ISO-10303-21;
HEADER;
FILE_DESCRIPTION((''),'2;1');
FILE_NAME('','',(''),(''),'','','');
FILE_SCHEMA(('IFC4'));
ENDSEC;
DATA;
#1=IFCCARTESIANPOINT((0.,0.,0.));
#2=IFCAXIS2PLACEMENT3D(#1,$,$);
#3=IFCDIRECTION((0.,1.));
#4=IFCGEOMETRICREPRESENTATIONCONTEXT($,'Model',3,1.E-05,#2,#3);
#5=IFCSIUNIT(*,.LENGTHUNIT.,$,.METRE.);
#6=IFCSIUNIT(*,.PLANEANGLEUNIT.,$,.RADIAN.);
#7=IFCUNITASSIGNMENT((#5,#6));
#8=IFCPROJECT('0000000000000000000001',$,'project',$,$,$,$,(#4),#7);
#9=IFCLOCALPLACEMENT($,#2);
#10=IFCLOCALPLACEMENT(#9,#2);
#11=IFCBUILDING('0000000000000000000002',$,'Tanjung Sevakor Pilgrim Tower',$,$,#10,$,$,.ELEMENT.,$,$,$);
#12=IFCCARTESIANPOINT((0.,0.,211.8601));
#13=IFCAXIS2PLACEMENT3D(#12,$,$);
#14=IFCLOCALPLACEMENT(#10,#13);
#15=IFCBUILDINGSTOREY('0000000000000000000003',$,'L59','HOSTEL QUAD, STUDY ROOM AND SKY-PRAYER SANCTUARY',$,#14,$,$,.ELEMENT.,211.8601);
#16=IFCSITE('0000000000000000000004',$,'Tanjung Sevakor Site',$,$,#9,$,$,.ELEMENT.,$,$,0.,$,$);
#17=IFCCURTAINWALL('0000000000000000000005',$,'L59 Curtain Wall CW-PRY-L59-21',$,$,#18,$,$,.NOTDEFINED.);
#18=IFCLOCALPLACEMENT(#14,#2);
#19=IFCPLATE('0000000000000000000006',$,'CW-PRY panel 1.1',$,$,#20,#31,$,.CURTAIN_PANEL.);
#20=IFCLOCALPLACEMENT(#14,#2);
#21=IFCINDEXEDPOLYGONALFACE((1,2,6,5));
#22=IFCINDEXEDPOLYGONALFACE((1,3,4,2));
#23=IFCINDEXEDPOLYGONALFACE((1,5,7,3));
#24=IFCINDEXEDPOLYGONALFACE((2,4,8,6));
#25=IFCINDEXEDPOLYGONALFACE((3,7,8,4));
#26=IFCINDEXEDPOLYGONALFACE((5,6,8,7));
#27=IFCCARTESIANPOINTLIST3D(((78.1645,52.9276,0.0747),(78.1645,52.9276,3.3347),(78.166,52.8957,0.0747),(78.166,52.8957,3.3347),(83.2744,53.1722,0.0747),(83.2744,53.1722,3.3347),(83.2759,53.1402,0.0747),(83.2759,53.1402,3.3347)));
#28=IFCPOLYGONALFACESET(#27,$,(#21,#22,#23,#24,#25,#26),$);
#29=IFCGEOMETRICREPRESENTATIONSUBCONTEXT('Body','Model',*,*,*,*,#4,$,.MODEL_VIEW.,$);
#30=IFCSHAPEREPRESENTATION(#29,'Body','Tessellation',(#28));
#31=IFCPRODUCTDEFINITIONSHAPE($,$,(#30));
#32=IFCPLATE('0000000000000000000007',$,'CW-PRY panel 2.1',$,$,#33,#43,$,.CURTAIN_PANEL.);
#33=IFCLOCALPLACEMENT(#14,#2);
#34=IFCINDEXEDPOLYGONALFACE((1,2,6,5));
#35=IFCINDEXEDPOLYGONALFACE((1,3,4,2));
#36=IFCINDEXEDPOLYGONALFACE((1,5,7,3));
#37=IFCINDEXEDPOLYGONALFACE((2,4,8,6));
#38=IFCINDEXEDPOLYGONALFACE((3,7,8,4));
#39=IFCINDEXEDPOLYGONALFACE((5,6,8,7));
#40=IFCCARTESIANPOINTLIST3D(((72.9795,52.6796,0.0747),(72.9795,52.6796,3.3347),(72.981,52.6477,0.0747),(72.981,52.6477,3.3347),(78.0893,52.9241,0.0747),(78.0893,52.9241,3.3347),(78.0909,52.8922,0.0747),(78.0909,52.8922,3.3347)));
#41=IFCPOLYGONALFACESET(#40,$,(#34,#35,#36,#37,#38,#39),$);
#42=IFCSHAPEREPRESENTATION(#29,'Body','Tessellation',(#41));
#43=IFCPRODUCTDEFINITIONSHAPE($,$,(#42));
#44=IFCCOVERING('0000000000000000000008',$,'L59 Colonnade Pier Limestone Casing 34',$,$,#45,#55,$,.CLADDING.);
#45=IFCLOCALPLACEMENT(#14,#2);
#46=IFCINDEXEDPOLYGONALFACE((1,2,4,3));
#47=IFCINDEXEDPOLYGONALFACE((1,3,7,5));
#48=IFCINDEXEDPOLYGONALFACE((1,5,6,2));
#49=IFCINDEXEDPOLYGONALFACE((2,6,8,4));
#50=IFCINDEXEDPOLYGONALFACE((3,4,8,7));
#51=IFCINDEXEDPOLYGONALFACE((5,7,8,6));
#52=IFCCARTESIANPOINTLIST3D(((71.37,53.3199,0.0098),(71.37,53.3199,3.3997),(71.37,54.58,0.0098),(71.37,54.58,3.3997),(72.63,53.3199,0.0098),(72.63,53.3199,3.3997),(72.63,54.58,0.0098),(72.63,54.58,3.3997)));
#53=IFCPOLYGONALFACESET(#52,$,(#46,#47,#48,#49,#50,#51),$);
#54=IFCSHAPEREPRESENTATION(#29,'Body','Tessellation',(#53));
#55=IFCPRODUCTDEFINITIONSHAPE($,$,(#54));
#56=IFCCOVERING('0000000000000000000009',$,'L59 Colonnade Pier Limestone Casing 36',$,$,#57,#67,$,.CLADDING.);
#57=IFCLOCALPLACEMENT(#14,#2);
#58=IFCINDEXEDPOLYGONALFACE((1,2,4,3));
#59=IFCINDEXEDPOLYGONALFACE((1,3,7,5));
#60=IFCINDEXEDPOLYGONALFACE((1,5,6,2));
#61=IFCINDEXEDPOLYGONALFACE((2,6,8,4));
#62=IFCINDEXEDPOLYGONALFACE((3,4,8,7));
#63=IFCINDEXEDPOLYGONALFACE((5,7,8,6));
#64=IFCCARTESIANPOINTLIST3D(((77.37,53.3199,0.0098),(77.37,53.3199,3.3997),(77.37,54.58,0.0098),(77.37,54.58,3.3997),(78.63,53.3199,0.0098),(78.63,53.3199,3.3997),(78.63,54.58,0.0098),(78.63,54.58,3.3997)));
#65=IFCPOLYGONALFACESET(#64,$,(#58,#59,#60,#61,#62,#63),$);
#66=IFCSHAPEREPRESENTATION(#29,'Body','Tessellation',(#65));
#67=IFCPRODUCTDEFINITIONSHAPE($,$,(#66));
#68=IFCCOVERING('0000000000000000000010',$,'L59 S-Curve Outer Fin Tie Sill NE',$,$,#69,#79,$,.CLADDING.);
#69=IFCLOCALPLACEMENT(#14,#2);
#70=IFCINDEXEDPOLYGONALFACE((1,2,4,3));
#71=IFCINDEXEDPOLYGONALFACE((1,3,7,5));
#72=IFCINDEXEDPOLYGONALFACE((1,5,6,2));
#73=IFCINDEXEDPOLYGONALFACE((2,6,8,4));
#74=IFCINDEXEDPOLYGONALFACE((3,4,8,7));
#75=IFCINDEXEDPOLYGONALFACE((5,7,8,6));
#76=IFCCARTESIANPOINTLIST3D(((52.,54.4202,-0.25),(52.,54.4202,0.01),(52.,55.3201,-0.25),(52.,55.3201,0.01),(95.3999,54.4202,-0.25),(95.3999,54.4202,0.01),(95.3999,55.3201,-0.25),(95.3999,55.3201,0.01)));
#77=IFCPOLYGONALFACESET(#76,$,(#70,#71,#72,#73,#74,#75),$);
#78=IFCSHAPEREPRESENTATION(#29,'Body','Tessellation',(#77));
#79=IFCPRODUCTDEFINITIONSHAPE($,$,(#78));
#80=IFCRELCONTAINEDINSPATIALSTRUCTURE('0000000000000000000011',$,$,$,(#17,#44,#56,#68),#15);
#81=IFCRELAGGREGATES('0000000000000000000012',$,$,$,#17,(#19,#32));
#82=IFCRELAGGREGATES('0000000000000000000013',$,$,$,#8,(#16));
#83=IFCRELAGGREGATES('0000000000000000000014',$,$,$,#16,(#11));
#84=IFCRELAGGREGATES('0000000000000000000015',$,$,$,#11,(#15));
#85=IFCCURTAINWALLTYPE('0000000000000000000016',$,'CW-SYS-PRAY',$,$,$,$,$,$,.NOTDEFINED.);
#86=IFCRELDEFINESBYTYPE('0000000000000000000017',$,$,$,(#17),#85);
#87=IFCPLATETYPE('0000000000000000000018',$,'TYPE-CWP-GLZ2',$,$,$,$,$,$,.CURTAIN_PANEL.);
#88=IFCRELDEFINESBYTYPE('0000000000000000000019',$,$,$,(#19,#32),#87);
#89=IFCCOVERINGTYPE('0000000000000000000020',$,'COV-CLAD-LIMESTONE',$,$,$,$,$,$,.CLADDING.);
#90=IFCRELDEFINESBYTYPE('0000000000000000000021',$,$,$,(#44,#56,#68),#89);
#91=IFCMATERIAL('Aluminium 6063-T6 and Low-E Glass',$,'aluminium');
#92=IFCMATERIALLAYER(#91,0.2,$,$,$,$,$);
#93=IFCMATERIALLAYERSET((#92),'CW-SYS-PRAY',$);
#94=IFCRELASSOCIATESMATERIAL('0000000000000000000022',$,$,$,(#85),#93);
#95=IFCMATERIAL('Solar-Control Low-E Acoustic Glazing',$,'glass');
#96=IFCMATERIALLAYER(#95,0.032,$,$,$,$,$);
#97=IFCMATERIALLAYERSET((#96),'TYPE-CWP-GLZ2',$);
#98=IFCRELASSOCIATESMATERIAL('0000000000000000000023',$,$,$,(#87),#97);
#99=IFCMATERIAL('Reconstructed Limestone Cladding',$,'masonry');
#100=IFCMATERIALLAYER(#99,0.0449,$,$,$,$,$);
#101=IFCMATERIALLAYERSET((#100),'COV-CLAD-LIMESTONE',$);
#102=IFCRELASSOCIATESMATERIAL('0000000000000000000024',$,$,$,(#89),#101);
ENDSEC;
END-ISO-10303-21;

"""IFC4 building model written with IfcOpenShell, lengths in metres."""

from ifc_helpers import new_model, si_unit, direction, frame, origin, origin_2d, place, context, subcontext, project, spatial, rectangle, extrude, material, layer, layer_set, type_object, element, aggregate, save


model = new_model("IFC4")

# Units and contexts
model_context = context("Model", 3, precision=1e-05, world=origin(), true_north=direction((0.0, 1.0)))
body_context = subcontext(model_context, "Body", "Model", "MODEL_VIEW")
ifc_project = project(units=[si_unit("LENGTHUNIT", "METRE"), si_unit("PLANEANGLEUNIT", "RADIAN")], contexts=[model_context])

# Site, building, storey
site_placement = place(None, origin())
site = spatial("IfcSite", under=ifc_project, at=site_placement, Name="Tanjung Sevakor Site", CompositionType="ELEMENT", RefElevation=0.0)
building_placement = place(site_placement, origin())
building = spatial("IfcBuilding", under=site, at=building_placement, Name="Tanjung Sevakor Pilgrim Tower", CompositionType="ELEMENT")
storey_placement = place(building_placement, frame((0.0, 0.0, 211.8601)))
storey = spatial("IfcBuildingStorey", under=building, at=storey_placement, Name="L59", Description="HOSTEL QUAD, STUDY ROOM AND SKY-PRAYER SANCTUARY", CompositionType="ELEMENT", Elevation=211.8601)

# Curtain wall
ifc_material_1 = material(Name="Aluminium 6063-T6 and Low-E Glass", Category="aluminium")
ifc_layer_1 = layer(ifc_material_1, 0.2)
ifc_layer_set_1 = layer_set([ifc_layer_1], Name="CW-SYS-PRAY")
curtain_wall_type = type_object("IfcCurtainWallType", Name="CW-SYS-PRAY", PredefinedType="NOTDEFINED", material=ifc_layer_set_1)
curtain_wall_1_placement = place(storey_placement, origin())
curtain_wall_1 = element("IfcCurtainWall", 1, at=curtain_wall_1_placement, inside=storey, type_object=curtain_wall_type, Name="L59 Curtain Wall CW-PRY-L59-21", PredefinedType="NOTDEFINED")

# Plates
ifc_material_2 = material(Name="Solar-Control Low-E Acoustic Glazing", Category="glass")
ifc_layer_2 = layer(ifc_material_2, 0.032)
ifc_layer_set_2 = layer_set([ifc_layer_2], Name="TYPE-CWP-GLZ2")
plate_type = type_object("IfcPlateType", Name="TYPE-CWP-GLZ2", PredefinedType="CURTAIN_PANEL", material=ifc_layer_set_2)
plate_1_placement = place(storey_placement, frame((80.7202, 53.0339, 0.0747), z_axis=(0.0, 0.0, 1.0), x_axis=(-0.998857, -0.047797, 0.0)))
plate_1 = element("IfcPlate", 2, at=plate_1_placement, type_object=plate_type, Name="CW-PRY panel 1.1", PredefinedType="CURTAIN_PANEL", context=body_context, shape_type="SweptSolid", body=[
    extrude(rectangle(XDim=5.1157, YDim=0.032, at=origin_2d()), origin(), (0.0, 0.0, 1.0), 3.26),
])
plate_2_placement = place(storey_placement, frame((75.5352, 52.7859, 0.0747), z_axis=(0.0, 0.0, 1.0), x_axis=(-0.998857, -0.047797, 0.0)))
plate_2 = element("IfcPlate", 3, at=plate_2_placement, type_object=plate_type, Name="CW-PRY panel 2.1", PredefinedType="CURTAIN_PANEL", context=body_context, shape_type="SweptSolid", body=[
    extrude(rectangle(XDim=5.1157, YDim=0.032, at=origin_2d()), origin(), (0.0, 0.0, 1.0), 3.26),
])
aggregate(curtain_wall_1, [plate_1, plate_2])

# Coverings
ifc_material_3 = material(Name="Reconstructed Limestone Cladding", Category="masonry")
ifc_layer_3 = layer(ifc_material_3, 0.0449)
ifc_layer_set_3 = layer_set([ifc_layer_3], Name="COV-CLAD-LIMESTONE")
covering_type = type_object("IfcCoveringType", Name="COV-CLAD-LIMESTONE", PredefinedType="CLADDING", material=ifc_layer_set_3)
for number, where, z_axis, x_axis, name in (
    (4, (72.0, 53.95, 0.0098), (0.0, 0.0, 1.0), (1.0, 0.0, 0.0), "L59 Colonnade Pier Limestone Casing 34"),
    (5, (78.0, 53.95, 0.0098), (0.0, 0.0, 1.0), (1.0, 0.0, 0.0), "L59 Colonnade Pier Limestone Casing 36"),
):
    element("IfcCovering", number, at=place(storey_placement, frame(where, z_axis=z_axis, x_axis=x_axis)), inside=storey, type_object=covering_type, Name=name, PredefinedType="CLADDING", context=body_context, shape_type="SweptSolid", body=[
        extrude(rectangle(XDim=1.26, YDim=1.26, at=origin_2d()), origin(), (0.0, 0.0, 1.0), 3.3899),
    ])
covering_placement = place(storey_placement, frame((73.7, 54.8701, -0.25), z_axis=(0.0, 0.0, 1.0), x_axis=(1.0, 0.0, 0.0)))
element("IfcCovering", 6, at=covering_placement, inside=storey, type_object=covering_type, Name="L59 S-Curve Outer Fin Tie Sill NE", PredefinedType="CLADDING", context=body_context, shape_type="SweptSolid", body=[
    extrude(rectangle(XDim=43.3999, YDim=0.8999, at=origin_2d()), origin(), (0.0, 0.0, 1.0), 0.26),
])

save(model, "model.ifc")
